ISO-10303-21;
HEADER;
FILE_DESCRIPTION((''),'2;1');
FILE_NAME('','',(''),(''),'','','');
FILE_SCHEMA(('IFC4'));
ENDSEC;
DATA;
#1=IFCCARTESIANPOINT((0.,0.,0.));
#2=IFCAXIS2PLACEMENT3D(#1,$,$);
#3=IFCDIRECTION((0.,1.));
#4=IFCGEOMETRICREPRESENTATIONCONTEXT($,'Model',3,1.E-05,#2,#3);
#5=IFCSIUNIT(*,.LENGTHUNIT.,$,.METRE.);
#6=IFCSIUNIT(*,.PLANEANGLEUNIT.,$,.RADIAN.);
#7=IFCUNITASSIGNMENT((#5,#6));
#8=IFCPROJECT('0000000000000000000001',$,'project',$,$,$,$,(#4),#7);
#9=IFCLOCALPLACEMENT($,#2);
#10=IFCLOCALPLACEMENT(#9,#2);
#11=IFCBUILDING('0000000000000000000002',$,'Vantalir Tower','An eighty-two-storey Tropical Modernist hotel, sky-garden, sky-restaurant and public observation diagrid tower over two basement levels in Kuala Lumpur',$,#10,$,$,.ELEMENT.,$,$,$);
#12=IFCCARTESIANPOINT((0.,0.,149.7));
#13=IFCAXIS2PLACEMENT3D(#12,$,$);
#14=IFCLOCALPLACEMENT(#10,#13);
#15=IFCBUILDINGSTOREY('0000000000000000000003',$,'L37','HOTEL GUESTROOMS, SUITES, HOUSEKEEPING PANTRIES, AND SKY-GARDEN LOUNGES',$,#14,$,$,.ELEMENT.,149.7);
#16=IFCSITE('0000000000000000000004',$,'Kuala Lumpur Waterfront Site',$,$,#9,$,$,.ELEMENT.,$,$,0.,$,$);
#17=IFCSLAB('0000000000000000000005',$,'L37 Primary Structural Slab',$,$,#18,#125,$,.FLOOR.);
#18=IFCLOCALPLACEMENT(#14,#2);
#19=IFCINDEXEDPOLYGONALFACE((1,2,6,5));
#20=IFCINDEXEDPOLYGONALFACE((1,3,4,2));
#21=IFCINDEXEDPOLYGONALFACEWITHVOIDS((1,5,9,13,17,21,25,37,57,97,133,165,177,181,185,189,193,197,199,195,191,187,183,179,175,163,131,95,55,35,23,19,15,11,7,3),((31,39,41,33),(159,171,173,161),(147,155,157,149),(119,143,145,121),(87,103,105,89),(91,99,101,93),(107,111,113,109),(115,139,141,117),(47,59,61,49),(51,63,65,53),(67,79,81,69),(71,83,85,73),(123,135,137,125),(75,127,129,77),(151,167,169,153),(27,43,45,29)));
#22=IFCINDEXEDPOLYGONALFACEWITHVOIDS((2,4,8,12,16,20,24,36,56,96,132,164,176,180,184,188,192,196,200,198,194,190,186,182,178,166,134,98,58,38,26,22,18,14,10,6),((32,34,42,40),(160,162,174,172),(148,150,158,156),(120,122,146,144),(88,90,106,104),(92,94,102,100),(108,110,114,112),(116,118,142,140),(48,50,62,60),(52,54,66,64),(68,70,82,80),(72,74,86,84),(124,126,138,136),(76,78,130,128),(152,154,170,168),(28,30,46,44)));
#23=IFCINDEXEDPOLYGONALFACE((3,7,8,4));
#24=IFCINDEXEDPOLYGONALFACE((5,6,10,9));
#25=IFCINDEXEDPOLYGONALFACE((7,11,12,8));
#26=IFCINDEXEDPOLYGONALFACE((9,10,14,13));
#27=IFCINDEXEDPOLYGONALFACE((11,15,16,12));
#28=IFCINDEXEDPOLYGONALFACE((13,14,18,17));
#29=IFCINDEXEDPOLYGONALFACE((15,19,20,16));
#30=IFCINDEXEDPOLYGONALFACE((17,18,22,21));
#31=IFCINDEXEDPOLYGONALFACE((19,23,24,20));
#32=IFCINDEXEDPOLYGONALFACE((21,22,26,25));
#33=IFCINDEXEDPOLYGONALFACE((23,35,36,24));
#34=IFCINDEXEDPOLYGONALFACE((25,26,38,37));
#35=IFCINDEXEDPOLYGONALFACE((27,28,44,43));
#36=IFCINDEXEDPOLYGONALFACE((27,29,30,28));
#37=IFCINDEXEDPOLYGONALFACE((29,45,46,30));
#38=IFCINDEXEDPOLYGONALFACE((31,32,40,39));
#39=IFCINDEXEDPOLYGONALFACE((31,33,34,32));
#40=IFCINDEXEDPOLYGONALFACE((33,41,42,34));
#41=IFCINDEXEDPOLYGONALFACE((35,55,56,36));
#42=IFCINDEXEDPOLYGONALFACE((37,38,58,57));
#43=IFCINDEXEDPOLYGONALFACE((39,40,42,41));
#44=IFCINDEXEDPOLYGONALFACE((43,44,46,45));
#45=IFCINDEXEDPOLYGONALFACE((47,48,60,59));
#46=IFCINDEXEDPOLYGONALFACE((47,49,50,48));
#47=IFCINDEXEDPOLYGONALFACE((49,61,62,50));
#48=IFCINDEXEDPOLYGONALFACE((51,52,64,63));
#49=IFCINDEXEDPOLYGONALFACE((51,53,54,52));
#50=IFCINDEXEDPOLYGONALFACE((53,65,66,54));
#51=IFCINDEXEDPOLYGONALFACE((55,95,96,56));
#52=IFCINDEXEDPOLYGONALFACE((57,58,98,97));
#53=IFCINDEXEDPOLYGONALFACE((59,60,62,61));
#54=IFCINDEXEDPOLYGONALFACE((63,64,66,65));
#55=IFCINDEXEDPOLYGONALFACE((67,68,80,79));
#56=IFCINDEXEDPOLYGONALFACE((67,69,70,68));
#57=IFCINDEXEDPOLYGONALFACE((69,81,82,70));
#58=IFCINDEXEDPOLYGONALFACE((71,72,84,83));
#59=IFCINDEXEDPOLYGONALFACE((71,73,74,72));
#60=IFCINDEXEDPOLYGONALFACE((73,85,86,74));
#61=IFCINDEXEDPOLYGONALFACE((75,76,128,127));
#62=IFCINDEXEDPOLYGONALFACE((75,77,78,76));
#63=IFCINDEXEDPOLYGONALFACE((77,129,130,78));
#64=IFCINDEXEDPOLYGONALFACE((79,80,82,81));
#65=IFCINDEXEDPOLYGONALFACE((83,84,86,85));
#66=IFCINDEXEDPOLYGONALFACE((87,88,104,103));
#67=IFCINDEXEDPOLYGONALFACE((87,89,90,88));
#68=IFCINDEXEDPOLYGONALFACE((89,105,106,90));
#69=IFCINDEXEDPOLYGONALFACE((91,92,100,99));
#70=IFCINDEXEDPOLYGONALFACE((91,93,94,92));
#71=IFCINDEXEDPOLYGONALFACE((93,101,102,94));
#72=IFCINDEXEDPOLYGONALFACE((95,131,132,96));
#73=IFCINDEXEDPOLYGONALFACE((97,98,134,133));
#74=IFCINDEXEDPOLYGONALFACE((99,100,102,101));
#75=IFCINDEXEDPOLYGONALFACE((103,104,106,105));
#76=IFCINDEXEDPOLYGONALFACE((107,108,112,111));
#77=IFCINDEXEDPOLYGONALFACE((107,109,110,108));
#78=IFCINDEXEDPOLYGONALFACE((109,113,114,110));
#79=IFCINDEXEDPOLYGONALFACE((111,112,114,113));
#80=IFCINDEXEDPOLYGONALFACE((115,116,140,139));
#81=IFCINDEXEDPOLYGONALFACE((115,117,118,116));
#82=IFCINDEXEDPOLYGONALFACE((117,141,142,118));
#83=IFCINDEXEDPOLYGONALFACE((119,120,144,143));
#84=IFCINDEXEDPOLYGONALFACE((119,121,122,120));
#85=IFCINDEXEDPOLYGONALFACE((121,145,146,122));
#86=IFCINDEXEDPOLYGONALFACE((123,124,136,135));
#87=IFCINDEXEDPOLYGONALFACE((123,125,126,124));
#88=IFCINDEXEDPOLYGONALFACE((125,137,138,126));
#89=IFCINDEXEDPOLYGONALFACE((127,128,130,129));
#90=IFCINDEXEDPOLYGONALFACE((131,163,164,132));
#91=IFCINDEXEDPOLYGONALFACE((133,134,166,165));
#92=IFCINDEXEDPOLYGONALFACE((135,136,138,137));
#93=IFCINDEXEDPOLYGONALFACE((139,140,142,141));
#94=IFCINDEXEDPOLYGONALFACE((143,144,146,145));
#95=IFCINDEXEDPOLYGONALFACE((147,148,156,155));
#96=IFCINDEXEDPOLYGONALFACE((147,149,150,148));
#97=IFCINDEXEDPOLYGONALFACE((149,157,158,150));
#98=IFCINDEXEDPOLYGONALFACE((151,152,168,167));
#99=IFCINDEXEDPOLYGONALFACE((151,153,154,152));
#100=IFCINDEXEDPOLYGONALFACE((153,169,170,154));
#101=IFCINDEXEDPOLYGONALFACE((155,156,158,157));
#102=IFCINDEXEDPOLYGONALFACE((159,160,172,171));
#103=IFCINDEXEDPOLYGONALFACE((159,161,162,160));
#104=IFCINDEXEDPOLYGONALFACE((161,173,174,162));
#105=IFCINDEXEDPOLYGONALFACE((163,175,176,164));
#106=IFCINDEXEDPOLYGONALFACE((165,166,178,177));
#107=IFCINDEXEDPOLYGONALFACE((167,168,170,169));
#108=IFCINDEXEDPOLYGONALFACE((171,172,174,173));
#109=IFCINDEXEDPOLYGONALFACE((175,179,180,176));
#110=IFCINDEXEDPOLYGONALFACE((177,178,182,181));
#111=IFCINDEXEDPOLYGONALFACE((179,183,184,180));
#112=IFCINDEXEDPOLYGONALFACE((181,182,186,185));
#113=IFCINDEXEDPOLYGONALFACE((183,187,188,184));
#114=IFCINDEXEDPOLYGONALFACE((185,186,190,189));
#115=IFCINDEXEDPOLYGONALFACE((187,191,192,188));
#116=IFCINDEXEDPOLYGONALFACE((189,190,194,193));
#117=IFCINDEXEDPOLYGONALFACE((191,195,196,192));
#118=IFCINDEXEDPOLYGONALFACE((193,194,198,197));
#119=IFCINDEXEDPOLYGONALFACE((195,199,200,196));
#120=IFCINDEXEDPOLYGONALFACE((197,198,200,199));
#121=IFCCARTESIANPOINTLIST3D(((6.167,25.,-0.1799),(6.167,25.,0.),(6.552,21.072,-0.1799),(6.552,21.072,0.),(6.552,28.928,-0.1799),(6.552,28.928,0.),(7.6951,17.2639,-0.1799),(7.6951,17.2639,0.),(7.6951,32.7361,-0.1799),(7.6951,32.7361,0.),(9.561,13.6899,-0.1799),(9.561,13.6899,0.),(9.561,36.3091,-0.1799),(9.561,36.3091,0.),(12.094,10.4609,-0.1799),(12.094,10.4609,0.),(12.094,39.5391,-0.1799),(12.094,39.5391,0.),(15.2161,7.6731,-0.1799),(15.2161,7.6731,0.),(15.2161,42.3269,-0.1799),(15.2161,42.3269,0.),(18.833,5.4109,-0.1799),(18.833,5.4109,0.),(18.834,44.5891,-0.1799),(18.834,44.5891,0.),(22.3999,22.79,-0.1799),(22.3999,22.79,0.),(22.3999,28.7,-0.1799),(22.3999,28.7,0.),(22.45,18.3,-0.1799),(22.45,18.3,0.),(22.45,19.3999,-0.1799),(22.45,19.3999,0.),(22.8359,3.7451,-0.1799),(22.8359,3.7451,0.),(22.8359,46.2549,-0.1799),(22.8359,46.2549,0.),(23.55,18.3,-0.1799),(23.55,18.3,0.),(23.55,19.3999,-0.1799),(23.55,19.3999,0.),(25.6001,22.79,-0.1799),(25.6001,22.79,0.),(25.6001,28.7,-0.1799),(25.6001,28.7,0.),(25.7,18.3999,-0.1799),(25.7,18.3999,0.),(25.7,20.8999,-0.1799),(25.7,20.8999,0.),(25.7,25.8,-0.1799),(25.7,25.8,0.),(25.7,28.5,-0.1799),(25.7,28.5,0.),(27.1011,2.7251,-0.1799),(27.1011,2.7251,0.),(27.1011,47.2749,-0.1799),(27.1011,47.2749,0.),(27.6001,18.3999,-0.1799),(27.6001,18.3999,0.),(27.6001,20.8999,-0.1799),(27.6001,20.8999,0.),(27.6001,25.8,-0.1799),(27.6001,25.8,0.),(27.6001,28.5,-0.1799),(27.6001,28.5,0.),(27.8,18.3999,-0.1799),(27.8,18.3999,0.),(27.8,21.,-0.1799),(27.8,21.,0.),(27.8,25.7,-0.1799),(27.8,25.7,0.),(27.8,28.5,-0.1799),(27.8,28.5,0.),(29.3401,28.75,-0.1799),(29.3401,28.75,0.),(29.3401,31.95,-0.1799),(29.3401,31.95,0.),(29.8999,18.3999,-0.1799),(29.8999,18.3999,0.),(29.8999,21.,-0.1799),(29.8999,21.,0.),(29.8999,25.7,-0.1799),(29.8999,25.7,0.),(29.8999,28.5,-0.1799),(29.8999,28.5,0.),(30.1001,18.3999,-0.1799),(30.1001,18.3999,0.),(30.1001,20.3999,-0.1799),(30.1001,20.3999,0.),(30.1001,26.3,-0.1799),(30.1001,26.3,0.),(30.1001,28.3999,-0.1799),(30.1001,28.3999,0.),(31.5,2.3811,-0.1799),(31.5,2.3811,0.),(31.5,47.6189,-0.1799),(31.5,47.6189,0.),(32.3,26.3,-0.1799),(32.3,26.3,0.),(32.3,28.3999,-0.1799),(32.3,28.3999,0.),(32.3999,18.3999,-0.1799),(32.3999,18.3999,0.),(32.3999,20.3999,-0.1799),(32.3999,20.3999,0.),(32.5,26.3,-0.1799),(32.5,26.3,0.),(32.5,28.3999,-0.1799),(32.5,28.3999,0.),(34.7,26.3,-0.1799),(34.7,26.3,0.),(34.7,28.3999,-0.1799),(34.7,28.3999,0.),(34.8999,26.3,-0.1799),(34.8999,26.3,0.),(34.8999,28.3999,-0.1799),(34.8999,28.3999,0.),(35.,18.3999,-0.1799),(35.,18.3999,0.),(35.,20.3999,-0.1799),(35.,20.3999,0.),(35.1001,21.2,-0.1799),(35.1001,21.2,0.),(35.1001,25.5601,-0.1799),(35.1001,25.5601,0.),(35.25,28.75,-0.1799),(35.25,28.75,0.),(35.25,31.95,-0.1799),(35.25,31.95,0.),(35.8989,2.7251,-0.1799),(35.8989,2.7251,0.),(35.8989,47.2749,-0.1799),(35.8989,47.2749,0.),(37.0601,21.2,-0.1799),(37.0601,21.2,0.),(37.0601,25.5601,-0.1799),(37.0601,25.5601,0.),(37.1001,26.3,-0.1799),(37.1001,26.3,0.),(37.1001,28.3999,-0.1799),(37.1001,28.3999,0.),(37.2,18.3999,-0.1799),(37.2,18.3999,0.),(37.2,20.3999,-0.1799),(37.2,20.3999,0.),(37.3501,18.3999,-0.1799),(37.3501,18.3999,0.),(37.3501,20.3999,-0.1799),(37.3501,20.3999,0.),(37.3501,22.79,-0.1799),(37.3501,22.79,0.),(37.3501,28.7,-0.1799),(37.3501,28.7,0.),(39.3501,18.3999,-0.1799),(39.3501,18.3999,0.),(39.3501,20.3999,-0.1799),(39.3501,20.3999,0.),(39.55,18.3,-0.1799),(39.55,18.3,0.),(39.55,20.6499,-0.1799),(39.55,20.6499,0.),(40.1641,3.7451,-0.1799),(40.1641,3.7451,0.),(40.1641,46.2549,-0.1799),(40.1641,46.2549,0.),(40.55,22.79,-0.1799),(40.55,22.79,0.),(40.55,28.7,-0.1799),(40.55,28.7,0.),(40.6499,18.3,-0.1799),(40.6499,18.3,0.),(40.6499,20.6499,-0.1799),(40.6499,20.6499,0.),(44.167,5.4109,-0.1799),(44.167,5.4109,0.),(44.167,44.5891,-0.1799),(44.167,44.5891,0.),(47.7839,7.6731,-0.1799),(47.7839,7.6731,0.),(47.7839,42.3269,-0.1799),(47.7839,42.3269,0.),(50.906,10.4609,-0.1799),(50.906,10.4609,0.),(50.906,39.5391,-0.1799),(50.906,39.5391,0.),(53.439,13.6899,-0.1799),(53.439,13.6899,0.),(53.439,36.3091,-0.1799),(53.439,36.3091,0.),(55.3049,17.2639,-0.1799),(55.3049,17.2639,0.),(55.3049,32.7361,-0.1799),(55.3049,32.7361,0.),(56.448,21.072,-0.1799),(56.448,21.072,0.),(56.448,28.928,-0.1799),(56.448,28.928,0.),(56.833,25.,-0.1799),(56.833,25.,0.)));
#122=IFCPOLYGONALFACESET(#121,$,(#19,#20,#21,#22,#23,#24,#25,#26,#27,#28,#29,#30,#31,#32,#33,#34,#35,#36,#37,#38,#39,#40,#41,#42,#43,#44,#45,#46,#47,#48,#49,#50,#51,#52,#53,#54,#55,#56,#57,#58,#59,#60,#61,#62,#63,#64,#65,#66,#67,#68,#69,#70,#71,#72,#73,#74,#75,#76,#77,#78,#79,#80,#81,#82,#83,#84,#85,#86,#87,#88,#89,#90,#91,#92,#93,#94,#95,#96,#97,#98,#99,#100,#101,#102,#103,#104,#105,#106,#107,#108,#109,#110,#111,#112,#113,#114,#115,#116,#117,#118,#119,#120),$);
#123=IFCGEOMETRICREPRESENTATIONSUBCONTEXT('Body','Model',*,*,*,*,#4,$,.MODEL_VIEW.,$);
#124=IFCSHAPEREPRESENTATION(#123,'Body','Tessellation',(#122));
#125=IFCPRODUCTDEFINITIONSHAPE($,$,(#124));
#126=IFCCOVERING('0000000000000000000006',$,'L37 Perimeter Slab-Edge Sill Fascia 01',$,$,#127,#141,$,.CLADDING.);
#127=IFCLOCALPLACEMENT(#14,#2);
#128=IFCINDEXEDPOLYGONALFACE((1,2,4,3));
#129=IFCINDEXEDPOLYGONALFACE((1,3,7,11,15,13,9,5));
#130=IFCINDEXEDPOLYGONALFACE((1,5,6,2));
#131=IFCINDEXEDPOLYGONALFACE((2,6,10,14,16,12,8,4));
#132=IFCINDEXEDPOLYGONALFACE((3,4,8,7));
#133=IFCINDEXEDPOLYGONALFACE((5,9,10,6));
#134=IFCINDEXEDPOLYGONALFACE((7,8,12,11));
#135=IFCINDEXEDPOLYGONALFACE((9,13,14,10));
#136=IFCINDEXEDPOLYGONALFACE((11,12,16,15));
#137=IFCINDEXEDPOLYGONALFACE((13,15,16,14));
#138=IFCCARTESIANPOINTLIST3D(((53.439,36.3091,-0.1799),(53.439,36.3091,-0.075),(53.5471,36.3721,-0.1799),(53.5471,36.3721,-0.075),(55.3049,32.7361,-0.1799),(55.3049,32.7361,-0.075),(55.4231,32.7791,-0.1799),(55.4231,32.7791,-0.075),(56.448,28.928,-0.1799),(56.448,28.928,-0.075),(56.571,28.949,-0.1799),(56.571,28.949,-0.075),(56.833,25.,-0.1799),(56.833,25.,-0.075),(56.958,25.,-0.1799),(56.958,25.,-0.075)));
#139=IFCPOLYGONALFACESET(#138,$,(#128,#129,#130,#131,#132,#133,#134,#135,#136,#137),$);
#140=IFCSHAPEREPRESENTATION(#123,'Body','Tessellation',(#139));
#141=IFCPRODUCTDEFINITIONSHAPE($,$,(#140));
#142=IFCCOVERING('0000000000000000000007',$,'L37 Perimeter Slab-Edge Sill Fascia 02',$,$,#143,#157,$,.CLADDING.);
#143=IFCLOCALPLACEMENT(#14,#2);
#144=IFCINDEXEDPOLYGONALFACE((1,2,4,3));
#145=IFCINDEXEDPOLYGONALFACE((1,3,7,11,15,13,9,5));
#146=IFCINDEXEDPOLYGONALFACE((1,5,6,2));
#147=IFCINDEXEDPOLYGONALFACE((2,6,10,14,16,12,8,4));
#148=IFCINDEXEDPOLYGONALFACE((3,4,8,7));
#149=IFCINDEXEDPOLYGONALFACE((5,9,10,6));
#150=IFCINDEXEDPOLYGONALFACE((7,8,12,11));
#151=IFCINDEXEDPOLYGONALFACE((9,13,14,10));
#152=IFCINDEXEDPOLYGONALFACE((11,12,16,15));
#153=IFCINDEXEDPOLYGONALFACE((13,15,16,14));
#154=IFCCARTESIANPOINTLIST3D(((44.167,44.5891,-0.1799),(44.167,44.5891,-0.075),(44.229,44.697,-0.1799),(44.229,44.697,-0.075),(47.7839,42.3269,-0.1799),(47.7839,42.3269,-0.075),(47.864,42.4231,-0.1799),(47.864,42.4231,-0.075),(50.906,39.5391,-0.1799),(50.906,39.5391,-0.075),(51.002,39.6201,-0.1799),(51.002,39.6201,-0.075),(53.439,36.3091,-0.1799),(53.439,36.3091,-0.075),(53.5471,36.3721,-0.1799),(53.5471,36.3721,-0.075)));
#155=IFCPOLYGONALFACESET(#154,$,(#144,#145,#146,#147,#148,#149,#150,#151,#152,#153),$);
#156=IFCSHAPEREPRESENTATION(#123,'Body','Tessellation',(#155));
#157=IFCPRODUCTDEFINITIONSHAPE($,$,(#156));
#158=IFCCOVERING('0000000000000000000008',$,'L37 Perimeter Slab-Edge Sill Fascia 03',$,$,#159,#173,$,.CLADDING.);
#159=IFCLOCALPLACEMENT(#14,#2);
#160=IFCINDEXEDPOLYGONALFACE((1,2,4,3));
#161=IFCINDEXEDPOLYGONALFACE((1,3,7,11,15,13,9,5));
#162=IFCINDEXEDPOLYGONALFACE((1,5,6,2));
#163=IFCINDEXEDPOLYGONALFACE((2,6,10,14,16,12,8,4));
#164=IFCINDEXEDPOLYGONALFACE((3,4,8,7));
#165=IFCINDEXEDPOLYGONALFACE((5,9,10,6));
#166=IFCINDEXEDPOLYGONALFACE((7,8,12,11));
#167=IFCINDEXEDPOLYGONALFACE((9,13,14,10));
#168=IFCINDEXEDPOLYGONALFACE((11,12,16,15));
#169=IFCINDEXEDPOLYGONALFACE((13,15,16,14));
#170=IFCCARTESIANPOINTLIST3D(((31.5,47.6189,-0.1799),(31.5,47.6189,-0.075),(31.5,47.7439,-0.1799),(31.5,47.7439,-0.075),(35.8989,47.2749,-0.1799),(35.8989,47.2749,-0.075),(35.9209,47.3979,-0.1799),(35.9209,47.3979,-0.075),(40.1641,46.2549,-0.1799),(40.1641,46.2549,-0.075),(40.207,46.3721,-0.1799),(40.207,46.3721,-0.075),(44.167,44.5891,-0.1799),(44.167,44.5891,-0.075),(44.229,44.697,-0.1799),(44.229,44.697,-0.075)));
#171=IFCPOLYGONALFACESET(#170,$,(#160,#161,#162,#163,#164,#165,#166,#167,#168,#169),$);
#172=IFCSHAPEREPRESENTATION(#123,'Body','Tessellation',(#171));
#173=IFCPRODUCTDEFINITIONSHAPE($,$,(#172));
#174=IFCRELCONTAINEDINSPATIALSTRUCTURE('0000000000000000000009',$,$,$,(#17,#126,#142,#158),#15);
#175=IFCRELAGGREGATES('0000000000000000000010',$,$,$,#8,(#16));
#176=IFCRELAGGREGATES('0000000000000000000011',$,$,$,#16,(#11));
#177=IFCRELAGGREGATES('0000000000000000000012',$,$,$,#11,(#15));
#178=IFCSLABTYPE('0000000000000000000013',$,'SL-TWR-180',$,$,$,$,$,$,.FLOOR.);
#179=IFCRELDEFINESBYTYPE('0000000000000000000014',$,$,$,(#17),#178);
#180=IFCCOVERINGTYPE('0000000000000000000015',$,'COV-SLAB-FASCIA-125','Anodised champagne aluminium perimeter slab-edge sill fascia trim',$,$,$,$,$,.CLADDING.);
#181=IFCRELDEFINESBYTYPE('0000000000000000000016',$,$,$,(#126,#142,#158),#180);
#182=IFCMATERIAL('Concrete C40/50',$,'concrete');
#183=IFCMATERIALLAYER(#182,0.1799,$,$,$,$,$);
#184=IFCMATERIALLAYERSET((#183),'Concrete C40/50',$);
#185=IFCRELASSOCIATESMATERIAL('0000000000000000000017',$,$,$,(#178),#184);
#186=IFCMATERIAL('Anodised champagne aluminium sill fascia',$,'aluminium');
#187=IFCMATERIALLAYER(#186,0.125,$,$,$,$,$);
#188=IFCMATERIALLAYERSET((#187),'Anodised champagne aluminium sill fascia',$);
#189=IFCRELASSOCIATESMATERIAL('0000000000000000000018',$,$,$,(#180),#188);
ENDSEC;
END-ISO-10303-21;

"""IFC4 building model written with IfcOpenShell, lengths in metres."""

from ifc_helpers import new_model, si_unit, direction, frame, origin, place, context, subcontext, project, spatial, polyline, outline, extrude, material, layer, layer_set, type_object, element, save


model = new_model("IFC4")

# Units and contexts
model_context = context("Model", 3, precision=1e-05, world=origin(), true_north=direction((0.0, 1.0)))
body_context = subcontext(model_context, "Body", "Model", "MODEL_VIEW")
ifc_project = project(units=[si_unit("LENGTHUNIT", "METRE"), si_unit("PLANEANGLEUNIT", "RADIAN")], contexts=[model_context])

# Site, building, storey
site_placement = place(None, origin())
site = spatial("IfcSite", under=ifc_project, at=site_placement, Name="Kuala Lumpur Waterfront Site", CompositionType="ELEMENT", RefElevation=0.0)
building_placement = place(site_placement, origin())
building = spatial("IfcBuilding", under=site, at=building_placement, Name="Vantalir Tower", Description="An eighty-two-storey Tropical Modernist hotel, sky-garden, sky-restaurant and public observation diagrid tower over two basement levels in Kuala Lumpur", CompositionType="ELEMENT")
storey_placement = place(building_placement, frame((0.0, 0.0, 149.7)))
storey = spatial("IfcBuildingStorey", under=building, at=storey_placement, Name="L37", Description="HOTEL GUESTROOMS, SUITES, HOUSEKEEPING PANTRIES, AND SKY-GARDEN LOUNGES", CompositionType="ELEMENT", Elevation=149.7)

# Shared definitions
ifc_material_1 = material(Name="Concrete C40/50", Category="concrete")

# Slab
ifc_layer_1 = layer(ifc_material_1, 0.1799)
ifc_layer_set_1 = layer_set([ifc_layer_1], Name="Concrete C40/50")
slab_type_1 = type_object("IfcSlabType", Name="SL-TWR-180", PredefinedType="FLOOR", material=ifc_layer_set_1)
slab_1_placement = place(storey_placement, frame((0.0, 0.0, -0.1799)))
element("IfcSlab", 1, at=slab_1_placement, inside=storey, type_object=slab_type_1, Name="L37 Primary Structural Slab", PredefinedType="FLOOR", context=body_context, shape_type="SweptSolid", body=[
    extrude(outline(polyline([(9.561, 13.6899), (12.094, 10.4609), (15.2161, 7.6731), (18.833, 5.4109), (22.8359, 3.7451), (27.1011, 2.7251), (31.5, 2.3811), (35.8989, 2.7251), (40.1641, 3.7451), (44.167, 5.4109), (47.7839, 7.6731), (50.906, 10.4609), (53.439, 13.6899), (55.3049, 17.2639), (56.448, 21.072), (56.833, 25.0), (56.448, 28.928), (55.3049, 32.7361), (53.439, 36.3091), (50.906, 39.5391), (47.7839, 42.3269), (44.167, 44.5891), (40.1641, 46.2549), (35.8989, 47.2749), (31.5, 47.6189), (27.1011, 47.2749), (22.8359, 46.2549), (18.834, 44.5891), (15.2161, 42.3269), (12.094, 39.5391), (9.561, 36.3091), (7.6951, 32.7361), (6.552, 28.928), (6.167, 25.0), (6.552, 21.072), (7.6951, 17.2639), (9.561, 13.6899)]), holes=[polyline([(22.3999, 22.79), (22.3999, 28.7), (25.6001, 28.7), (25.6001, 22.79), (22.3999, 22.79)]), polyline([(37.3501, 28.7), (40.55, 28.7), (40.55, 22.79), (37.3501, 22.79), (37.3501, 28.7)]), polyline([(35.25, 28.75), (29.3401, 28.75), (29.3401, 31.95), (35.25, 31.95), (35.25, 28.75)]), polyline([(27.6001, 18.3999), (25.7, 18.3999), (25.7, 20.8999), (27.6001, 20.8999), (27.6001, 18.3999)]), polyline([(25.7, 25.8), (25.7, 28.5), (27.6001, 28.5), (27.6001, 25.8), (25.7, 25.8)]), polyline([(27.8, 21.0), (29.8999, 21.0), (29.8999, 18.3999), (27.8, 18.3999), (27.8, 21.0)]), polyline([(29.8999, 28.5), (29.8999, 25.7), (27.8, 25.7), (27.8, 28.5), (29.8999, 28.5)]), polyline([(32.3999, 18.3999), (30.1001, 18.3999), (30.1001, 20.3999), (32.3999, 20.3999), (32.3999, 18.3999)]), polyline([(37.3501, 18.3999), (37.3501, 20.3999), (39.3501, 20.3999), (39.3501, 18.3999), (37.3501, 18.3999)]), polyline([(35.0, 20.3999), (37.2, 20.3999), (37.2, 18.3999), (35.0, 18.3999), (35.0, 20.3999)]), polyline([(32.3, 28.3999), (32.3, 26.3), (30.1001, 26.3), (30.1001, 28.3999), (32.3, 28.3999)]), polyline([(34.7, 26.3), (32.5, 26.3), (32.5, 28.3999), (34.7, 28.3999), (34.7, 26.3)]), polyline([(34.8999, 26.3), (34.8999, 28.3999), (37.1001, 28.3999), (37.1001, 26.3), (34.8999, 26.3)]), polyline([(35.1001, 25.5601), (37.0601, 25.5601), (37.0601, 21.2), (35.1001, 21.2), (35.1001, 25.5601)]), polyline([(23.55, 19.3999), (23.55, 18.3), (22.45, 18.3), (22.45, 19.3999), (23.55, 19.3999)]), polyline([(40.6499, 18.3), (39.55, 18.3), (39.55, 20.6499), (40.6499, 20.6499), (40.6499, 18.3)])]), origin(), (0.0, 0.0, 1.0), 0.1799),
])

# Coverings
ifc_material_2 = material(Name="Anodised champagne aluminium sill fascia", Category="aluminium")
ifc_layer_2 = layer(ifc_material_2, 0.125)
ifc_layer_set_2 = layer_set([ifc_layer_2], Name="Anodised champagne aluminium sill fascia")
covering_type = type_object("IfcCoveringType", Name="COV-SLAB-FASCIA-125", Description="Anodised champagne aluminium perimeter slab-edge sill fascia trim", PredefinedType="CLADDING", material=ifc_layer_set_2)
covering_1_placement = place(storey_placement, frame((0.0, 0.0, -0.1799)))
element("IfcCovering", 2, at=covering_1_placement, inside=storey, type_object=covering_type, Name="L37 Perimeter Slab-Edge Sill Fascia 01", PredefinedType="CLADDING", context=body_context, shape_type="SweptSolid", body=[
    extrude(outline(polyline([(56.958, 25.0), (56.571, 28.949), (55.4231, 32.7791), (53.5471, 36.3721), (53.439, 36.3091), (55.3049, 32.7361), (56.448, 28.928), (56.833, 25.0), (56.958, 25.0)])), origin(), (0.0, 0.0, 1.0), 0.105),
])
covering_2_placement = place(storey_placement, frame((0.0, 0.0, -0.1799)))
element("IfcCovering", 3, at=covering_2_placement, inside=storey, type_object=covering_type, Name="L37 Perimeter Slab-Edge Sill Fascia 02", PredefinedType="CLADDING", context=body_context, shape_type="SweptSolid", body=[
    extrude(outline(polyline([(53.5471, 36.3721), (51.002, 39.6201), (47.864, 42.4231), (44.229, 44.697), (44.167, 44.5891), (47.7839, 42.3269), (50.906, 39.5391), (53.439, 36.3091), (53.5471, 36.3721)])), origin(), (0.0, 0.0, 1.0), 0.105),
])
covering_3_placement = place(storey_placement, frame((0.0, 0.0, -0.1799)))
element("IfcCovering", 4, at=covering_3_placement, inside=storey, type_object=covering_type, Name="L37 Perimeter Slab-Edge Sill Fascia 03", PredefinedType="CLADDING", context=body_context, shape_type="SweptSolid", body=[
    extrude(outline(polyline([(44.229, 44.697), (40.207, 46.3721), (35.9209, 47.3979), (31.5, 47.7439), (31.5, 47.6189), (35.8989, 47.2749), (40.1641, 46.2549), (44.167, 44.5891), (44.229, 44.697)])), origin(), (0.0, 0.0, 1.0), 0.105),
])

save(model, "model.ifc")
